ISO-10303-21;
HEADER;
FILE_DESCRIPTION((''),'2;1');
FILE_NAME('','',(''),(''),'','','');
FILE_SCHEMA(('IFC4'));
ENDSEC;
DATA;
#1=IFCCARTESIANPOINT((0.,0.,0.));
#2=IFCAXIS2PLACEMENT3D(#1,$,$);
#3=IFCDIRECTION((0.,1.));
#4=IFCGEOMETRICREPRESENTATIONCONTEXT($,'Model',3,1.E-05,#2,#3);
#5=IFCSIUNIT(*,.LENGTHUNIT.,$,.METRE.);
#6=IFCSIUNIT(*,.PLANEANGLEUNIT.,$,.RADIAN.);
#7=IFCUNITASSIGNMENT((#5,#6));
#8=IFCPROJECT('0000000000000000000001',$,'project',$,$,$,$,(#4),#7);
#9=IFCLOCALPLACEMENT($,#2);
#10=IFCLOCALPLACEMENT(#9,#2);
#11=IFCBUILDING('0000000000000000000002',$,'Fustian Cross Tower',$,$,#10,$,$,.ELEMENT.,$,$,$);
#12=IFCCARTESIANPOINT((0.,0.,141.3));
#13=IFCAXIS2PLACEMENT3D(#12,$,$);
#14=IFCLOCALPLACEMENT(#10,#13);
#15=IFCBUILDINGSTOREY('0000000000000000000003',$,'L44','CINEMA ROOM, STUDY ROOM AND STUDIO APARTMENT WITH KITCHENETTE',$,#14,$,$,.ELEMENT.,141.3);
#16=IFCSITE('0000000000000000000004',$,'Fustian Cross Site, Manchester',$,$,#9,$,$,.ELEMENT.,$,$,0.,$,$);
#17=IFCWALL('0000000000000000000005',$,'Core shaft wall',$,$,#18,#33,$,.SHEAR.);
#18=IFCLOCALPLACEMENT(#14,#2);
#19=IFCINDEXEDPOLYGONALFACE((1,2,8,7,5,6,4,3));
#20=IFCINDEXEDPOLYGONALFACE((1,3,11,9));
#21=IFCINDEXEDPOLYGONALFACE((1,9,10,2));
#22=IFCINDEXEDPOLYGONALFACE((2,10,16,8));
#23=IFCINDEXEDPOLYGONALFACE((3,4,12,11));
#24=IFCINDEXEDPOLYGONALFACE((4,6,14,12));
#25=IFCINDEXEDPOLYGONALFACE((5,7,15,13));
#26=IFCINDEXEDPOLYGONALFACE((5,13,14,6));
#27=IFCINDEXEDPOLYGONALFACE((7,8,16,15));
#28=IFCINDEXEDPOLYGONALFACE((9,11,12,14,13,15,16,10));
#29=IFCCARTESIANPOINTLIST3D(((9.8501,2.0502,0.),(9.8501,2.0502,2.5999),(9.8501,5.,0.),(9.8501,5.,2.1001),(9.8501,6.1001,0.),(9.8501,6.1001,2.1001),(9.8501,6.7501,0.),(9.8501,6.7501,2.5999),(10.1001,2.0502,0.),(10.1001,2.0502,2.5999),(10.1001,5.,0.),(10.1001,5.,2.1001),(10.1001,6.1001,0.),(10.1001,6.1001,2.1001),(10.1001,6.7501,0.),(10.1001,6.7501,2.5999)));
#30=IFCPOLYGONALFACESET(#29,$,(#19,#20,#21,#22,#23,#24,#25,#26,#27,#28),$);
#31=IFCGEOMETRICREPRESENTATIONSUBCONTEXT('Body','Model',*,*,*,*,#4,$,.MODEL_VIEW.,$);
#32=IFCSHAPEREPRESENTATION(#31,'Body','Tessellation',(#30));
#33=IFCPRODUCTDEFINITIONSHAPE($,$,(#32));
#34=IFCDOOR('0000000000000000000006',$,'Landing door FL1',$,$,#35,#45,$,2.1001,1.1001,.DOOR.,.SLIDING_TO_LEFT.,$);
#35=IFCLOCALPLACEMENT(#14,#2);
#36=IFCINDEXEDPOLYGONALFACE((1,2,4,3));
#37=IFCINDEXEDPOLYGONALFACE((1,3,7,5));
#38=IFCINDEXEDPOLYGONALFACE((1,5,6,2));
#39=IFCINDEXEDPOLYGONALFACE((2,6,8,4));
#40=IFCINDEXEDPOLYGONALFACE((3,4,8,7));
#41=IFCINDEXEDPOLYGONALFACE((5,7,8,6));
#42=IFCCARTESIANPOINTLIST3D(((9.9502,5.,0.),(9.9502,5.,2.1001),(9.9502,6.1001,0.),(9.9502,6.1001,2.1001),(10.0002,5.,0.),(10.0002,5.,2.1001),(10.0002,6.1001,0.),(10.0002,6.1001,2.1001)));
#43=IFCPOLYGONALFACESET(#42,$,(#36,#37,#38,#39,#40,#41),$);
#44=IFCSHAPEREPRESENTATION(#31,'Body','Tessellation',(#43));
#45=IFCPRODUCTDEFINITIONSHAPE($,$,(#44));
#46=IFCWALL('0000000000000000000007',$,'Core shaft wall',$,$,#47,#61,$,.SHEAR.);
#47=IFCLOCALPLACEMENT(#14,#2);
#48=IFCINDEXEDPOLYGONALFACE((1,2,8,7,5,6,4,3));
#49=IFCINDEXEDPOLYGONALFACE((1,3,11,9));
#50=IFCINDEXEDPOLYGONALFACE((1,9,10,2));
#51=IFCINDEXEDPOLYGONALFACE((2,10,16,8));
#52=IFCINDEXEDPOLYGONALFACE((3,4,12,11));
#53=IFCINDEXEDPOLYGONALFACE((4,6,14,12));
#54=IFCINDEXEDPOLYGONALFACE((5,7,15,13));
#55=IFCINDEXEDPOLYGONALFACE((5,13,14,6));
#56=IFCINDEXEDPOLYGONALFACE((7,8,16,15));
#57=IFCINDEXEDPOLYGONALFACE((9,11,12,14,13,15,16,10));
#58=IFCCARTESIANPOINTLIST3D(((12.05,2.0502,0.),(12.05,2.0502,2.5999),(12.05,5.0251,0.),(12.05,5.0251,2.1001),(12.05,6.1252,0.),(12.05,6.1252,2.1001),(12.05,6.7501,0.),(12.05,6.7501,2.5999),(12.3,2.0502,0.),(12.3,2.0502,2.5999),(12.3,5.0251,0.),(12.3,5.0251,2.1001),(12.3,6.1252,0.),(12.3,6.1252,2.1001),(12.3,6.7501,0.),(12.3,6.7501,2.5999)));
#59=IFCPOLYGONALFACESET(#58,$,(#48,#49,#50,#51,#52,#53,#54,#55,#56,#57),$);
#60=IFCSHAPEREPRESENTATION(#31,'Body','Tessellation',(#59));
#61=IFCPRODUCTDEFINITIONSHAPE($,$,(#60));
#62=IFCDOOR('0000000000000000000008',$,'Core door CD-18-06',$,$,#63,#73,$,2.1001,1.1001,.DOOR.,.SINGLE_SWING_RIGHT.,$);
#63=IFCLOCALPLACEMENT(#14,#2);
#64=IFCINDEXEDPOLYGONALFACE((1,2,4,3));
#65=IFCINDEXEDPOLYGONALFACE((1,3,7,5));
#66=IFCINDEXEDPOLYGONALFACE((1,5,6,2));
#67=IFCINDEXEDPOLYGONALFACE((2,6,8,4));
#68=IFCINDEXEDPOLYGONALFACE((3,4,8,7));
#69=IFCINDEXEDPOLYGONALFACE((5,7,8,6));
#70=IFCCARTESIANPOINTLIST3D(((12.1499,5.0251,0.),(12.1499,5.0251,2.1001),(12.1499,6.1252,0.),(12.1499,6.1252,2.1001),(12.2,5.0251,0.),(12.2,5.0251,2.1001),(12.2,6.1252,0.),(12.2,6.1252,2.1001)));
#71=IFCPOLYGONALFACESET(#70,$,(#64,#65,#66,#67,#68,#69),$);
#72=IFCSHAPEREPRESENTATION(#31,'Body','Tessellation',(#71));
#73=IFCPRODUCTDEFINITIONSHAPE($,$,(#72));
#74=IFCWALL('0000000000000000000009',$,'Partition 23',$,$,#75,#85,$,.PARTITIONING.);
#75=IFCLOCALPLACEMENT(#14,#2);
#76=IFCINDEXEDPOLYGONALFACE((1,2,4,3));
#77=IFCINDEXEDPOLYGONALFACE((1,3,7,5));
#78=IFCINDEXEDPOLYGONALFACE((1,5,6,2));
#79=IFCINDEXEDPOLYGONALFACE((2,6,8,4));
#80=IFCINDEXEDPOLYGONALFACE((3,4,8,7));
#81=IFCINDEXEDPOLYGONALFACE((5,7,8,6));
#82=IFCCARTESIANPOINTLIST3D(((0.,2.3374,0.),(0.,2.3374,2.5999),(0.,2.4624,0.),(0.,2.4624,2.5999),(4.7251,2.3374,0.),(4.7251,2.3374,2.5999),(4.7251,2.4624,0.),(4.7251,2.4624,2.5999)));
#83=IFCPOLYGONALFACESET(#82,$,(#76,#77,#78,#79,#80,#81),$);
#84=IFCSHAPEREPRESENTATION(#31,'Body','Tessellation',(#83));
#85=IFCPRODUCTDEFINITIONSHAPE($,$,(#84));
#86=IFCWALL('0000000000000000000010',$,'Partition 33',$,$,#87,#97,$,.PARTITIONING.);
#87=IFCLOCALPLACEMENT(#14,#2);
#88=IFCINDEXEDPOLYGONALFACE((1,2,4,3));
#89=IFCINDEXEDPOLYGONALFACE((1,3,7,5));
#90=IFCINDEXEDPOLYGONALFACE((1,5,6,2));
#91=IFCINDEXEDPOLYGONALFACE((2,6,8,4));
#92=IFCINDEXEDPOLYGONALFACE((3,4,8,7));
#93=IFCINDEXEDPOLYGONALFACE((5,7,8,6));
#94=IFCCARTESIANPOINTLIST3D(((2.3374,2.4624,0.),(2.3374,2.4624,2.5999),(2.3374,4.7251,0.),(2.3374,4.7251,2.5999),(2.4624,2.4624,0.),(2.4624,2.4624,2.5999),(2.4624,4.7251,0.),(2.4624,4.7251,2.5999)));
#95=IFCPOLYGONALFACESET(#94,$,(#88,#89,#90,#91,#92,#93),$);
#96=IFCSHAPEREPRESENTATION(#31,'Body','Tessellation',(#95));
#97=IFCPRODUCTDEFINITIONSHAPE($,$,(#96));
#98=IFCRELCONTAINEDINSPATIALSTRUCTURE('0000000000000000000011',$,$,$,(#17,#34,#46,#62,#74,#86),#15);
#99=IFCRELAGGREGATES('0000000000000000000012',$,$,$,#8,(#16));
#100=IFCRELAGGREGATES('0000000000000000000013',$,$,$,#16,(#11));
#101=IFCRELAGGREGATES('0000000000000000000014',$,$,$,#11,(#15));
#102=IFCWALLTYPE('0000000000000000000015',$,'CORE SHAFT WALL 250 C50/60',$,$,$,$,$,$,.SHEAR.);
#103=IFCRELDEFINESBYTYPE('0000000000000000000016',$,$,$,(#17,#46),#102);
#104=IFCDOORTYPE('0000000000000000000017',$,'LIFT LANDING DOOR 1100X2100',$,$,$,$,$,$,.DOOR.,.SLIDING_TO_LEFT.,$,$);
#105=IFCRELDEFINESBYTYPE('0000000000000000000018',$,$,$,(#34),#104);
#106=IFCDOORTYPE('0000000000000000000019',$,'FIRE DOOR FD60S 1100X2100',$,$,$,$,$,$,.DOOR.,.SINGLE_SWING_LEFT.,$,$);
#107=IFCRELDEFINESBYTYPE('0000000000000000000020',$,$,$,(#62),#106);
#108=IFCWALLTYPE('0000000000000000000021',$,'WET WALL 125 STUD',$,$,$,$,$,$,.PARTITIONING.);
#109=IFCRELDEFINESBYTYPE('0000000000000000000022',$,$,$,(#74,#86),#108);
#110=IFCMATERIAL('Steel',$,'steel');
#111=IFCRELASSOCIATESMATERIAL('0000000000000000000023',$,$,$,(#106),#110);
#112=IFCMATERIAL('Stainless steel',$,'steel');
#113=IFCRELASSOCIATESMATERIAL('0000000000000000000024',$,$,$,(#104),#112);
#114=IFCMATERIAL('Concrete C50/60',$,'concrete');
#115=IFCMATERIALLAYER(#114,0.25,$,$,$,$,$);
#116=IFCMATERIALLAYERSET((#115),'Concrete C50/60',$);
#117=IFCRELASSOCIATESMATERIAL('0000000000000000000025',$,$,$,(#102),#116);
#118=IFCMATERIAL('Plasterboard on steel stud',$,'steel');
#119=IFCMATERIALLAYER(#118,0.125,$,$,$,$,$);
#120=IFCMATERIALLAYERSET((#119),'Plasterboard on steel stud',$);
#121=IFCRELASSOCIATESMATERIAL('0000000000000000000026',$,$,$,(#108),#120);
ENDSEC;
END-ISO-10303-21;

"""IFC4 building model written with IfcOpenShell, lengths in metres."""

from ifc_helpers import new_model, si_unit, direction, frame, frame_2d, origin, place, context, subcontext, project, spatial, rectangle, extrude, material, layer, layer_set, type_object, element, fill, save


model = new_model("IFC4")

# Units and contexts
model_context = context("Model", 3, precision=1e-05, world=origin(), true_north=direction((0.0, 1.0)))
body_context = subcontext(model_context, "Body", "Model", "MODEL_VIEW")
ifc_project = project(units=[si_unit("LENGTHUNIT", "METRE"), si_unit("PLANEANGLEUNIT", "RADIAN")], contexts=[model_context])

# Site, building, storey
site_placement = place(None, origin())
site = spatial("IfcSite", under=ifc_project, at=site_placement, Name="Fustian Cross Site, Manchester", CompositionType="ELEMENT", RefElevation=0.0)
building_placement = place(site_placement, origin())
building = spatial("IfcBuilding", under=site, at=building_placement, Name="Fustian Cross Tower", CompositionType="ELEMENT")
storey_placement = place(building_placement, frame((0.0, 0.0, 141.3)))
storey = spatial("IfcBuildingStorey", under=building, at=storey_placement, Name="L44", Description="CINEMA ROOM, STUDY ROOM AND STUDIO APARTMENT WITH KITCHENETTE", CompositionType="ELEMENT", Elevation=141.3)

# Shared definitions
ifc_material_1 = material(Name="Steel", Category="steel")
door_type_1 = type_object("IfcDoorType", Name="FIRE DOOR FD60S 1100X2100", OperationType="SINGLE_SWING_LEFT", PredefinedType="DOOR", material=ifc_material_1)
ifc_material_2 = material(Name="Stainless steel", Category="steel")
door_type_2 = type_object("IfcDoorType", Name="LIFT LANDING DOOR 1100X2100", OperationType="SLIDING_TO_LEFT", PredefinedType="DOOR", material=ifc_material_2)

# Shared definitions
ifc_material_3 = material(Name="Concrete C50/60", Category="concrete")
ifc_layer_1 = layer(ifc_material_3, 0.25)
ifc_layer_set_1 = layer_set([ifc_layer_1], Name="Concrete C50/60")
wall_type_1 = type_object("IfcWallType", Name="CORE SHAFT WALL 250 C50/60", PredefinedType="SHEAR", material=ifc_layer_set_1)

# Walls, openings, doors
wall_1_placement = place(storey_placement, frame((9.9751, 2.05, 0.0), z_axis=(0.0, 0.0, 1.0), x_axis=(0.0, 1.0, 0.0)))
wall_1 = element("IfcWall", 1, at=wall_1_placement, inside=storey, type_object=wall_type_1, Name="Core shaft wall", PredefinedType="SHEAR", context=body_context, shape_type="SweptSolid", body=[
    extrude(rectangle(XDim=4.7, YDim=0.25, at=frame_2d((2.3501, 0.0))), origin(), (0.0, 0.0, 1.0), 2.5999),
])
opening_1_placement = place(wall_1_placement, frame((2.95, 0.0, 0.0)))
opening_1 = element("IfcOpeningElement", 2, at=opening_1_placement, cuts=wall_1, PredefinedType="OPENING", context=body_context, shape_type="SweptSolid", body=[
    extrude(rectangle(XDim=1.1001, YDim=2.1001, at=frame_2d((0.55, 1.05))), frame((0.0, 0.135, 0.0), z_axis=(0.0, -1.0, 0.0), x_axis=(1.0, 0.0, 0.0)), (0.0, 0.0, 1.0), 0.27),
])
door_1_placement = place(opening_1_placement, origin())
door_1 = element("IfcDoor", 3, at=door_1_placement, inside=storey, type_object=door_type_2, Name="Landing door FL1", OperationType="SLIDING_TO_LEFT", OverallHeight=2.1001, OverallWidth=1.1001, PredefinedType="DOOR", context=body_context, shape_type="SweptSolid", body=[
    extrude(rectangle(XDim=1.1001, YDim=2.1001, at=frame_2d((0.55, 1.05))), frame((0.0, 0.0249, 0.0), z_axis=(0.0, -1.0, 0.0), x_axis=(1.0, 0.0, 0.0)), (0.0, 0.0, 1.0), 0.05),
])
fill(opening_1, door_1)
wall_2_placement = place(storey_placement, frame((12.175, 2.05, 0.0), z_axis=(0.0, 0.0, 1.0), x_axis=(0.0, 1.0, 0.0)))
wall_2 = element("IfcWall", 4, at=wall_2_placement, inside=storey, type_object=wall_type_1, Name="Core shaft wall", PredefinedType="SHEAR", context=body_context, shape_type="SweptSolid", body=[
    extrude(rectangle(XDim=4.7, YDim=0.25, at=frame_2d((2.3501, 0.0))), origin(), (0.0, 0.0, 1.0), 2.5999),
])
opening_2_placement = place(wall_2_placement, frame((2.9751, 0.0, 0.0)))
opening_2 = element("IfcOpeningElement", 5, at=opening_2_placement, cuts=wall_2, PredefinedType="OPENING", context=body_context, shape_type="SweptSolid", body=[
    extrude(rectangle(XDim=1.1001, YDim=2.1001, at=frame_2d((0.55, 1.05))), frame((0.0, 0.135, 0.0), z_axis=(0.0, -1.0, 0.0), x_axis=(1.0, 0.0, 0.0)), (0.0, 0.0, 1.0), 0.27),
])
door_2_placement = place(opening_2_placement, frame((1.1001, 0.0, 0.0), z_axis=(0.0, 0.0, 1.0), x_axis=(-1.0, 0.0, 0.0)))
door_2 = element("IfcDoor", 6, at=door_2_placement, inside=storey, type_object=door_type_1, Name="Core door CD-18-06", OperationType="SINGLE_SWING_RIGHT", OverallHeight=2.1001, OverallWidth=1.1001, PredefinedType="DOOR", context=body_context, shape_type="SweptSolid", body=[
    extrude(rectangle(XDim=1.1001, YDim=2.1001, at=frame_2d((0.55, 1.05))), frame((0.0, 0.0249, 0.0), z_axis=(0.0, -1.0, 0.0), x_axis=(1.0, 0.0, 0.0)), (0.0, 0.0, 1.0), 0.05),
])
fill(opening_2, door_2)

# Walls
ifc_material_4 = material(Name="Plasterboard on steel stud", Category="steel")
ifc_layer_2 = layer(ifc_material_4, 0.125)
ifc_layer_set_2 = layer_set([ifc_layer_2], Name="Plasterboard on steel stud")
wall_type_2 = type_object("IfcWallType", Name="WET WALL 125 STUD", PredefinedType="PARTITIONING", material=ifc_layer_set_2)
wall_3_placement = place(storey_placement, frame((0.0, 2.3999, 0.0), z_axis=(0.0, 0.0, 1.0), x_axis=(1.0, 0.0, 0.0)))
element("IfcWall", 7, at=wall_3_placement, inside=storey, type_object=wall_type_2, Name="Partition 23", PredefinedType="PARTITIONING", context=body_context, shape_type="SweptSolid", body=[
    extrude(rectangle(XDim=4.7251, YDim=0.125, at=frame_2d((2.3625, 0.0))), origin(), (0.0, 0.0, 1.0), 2.5999),
])
wall_4_placement = place(storey_placement, frame((2.3999, 2.4624, 0.0), z_axis=(0.0, 0.0, 1.0), x_axis=(0.0, 1.0, 0.0)))
element("IfcWall", 8, at=wall_4_placement, inside=storey, type_object=wall_type_2, Name="Partition 33", PredefinedType="PARTITIONING", context=body_context, shape_type="SweptSolid", body=[
    extrude(rectangle(XDim=2.2627, YDim=0.125, at=frame_2d((1.1313, 0.0))), origin(), (0.0, 0.0, 1.0), 2.5999),
])

save(model, "model.ifc")
